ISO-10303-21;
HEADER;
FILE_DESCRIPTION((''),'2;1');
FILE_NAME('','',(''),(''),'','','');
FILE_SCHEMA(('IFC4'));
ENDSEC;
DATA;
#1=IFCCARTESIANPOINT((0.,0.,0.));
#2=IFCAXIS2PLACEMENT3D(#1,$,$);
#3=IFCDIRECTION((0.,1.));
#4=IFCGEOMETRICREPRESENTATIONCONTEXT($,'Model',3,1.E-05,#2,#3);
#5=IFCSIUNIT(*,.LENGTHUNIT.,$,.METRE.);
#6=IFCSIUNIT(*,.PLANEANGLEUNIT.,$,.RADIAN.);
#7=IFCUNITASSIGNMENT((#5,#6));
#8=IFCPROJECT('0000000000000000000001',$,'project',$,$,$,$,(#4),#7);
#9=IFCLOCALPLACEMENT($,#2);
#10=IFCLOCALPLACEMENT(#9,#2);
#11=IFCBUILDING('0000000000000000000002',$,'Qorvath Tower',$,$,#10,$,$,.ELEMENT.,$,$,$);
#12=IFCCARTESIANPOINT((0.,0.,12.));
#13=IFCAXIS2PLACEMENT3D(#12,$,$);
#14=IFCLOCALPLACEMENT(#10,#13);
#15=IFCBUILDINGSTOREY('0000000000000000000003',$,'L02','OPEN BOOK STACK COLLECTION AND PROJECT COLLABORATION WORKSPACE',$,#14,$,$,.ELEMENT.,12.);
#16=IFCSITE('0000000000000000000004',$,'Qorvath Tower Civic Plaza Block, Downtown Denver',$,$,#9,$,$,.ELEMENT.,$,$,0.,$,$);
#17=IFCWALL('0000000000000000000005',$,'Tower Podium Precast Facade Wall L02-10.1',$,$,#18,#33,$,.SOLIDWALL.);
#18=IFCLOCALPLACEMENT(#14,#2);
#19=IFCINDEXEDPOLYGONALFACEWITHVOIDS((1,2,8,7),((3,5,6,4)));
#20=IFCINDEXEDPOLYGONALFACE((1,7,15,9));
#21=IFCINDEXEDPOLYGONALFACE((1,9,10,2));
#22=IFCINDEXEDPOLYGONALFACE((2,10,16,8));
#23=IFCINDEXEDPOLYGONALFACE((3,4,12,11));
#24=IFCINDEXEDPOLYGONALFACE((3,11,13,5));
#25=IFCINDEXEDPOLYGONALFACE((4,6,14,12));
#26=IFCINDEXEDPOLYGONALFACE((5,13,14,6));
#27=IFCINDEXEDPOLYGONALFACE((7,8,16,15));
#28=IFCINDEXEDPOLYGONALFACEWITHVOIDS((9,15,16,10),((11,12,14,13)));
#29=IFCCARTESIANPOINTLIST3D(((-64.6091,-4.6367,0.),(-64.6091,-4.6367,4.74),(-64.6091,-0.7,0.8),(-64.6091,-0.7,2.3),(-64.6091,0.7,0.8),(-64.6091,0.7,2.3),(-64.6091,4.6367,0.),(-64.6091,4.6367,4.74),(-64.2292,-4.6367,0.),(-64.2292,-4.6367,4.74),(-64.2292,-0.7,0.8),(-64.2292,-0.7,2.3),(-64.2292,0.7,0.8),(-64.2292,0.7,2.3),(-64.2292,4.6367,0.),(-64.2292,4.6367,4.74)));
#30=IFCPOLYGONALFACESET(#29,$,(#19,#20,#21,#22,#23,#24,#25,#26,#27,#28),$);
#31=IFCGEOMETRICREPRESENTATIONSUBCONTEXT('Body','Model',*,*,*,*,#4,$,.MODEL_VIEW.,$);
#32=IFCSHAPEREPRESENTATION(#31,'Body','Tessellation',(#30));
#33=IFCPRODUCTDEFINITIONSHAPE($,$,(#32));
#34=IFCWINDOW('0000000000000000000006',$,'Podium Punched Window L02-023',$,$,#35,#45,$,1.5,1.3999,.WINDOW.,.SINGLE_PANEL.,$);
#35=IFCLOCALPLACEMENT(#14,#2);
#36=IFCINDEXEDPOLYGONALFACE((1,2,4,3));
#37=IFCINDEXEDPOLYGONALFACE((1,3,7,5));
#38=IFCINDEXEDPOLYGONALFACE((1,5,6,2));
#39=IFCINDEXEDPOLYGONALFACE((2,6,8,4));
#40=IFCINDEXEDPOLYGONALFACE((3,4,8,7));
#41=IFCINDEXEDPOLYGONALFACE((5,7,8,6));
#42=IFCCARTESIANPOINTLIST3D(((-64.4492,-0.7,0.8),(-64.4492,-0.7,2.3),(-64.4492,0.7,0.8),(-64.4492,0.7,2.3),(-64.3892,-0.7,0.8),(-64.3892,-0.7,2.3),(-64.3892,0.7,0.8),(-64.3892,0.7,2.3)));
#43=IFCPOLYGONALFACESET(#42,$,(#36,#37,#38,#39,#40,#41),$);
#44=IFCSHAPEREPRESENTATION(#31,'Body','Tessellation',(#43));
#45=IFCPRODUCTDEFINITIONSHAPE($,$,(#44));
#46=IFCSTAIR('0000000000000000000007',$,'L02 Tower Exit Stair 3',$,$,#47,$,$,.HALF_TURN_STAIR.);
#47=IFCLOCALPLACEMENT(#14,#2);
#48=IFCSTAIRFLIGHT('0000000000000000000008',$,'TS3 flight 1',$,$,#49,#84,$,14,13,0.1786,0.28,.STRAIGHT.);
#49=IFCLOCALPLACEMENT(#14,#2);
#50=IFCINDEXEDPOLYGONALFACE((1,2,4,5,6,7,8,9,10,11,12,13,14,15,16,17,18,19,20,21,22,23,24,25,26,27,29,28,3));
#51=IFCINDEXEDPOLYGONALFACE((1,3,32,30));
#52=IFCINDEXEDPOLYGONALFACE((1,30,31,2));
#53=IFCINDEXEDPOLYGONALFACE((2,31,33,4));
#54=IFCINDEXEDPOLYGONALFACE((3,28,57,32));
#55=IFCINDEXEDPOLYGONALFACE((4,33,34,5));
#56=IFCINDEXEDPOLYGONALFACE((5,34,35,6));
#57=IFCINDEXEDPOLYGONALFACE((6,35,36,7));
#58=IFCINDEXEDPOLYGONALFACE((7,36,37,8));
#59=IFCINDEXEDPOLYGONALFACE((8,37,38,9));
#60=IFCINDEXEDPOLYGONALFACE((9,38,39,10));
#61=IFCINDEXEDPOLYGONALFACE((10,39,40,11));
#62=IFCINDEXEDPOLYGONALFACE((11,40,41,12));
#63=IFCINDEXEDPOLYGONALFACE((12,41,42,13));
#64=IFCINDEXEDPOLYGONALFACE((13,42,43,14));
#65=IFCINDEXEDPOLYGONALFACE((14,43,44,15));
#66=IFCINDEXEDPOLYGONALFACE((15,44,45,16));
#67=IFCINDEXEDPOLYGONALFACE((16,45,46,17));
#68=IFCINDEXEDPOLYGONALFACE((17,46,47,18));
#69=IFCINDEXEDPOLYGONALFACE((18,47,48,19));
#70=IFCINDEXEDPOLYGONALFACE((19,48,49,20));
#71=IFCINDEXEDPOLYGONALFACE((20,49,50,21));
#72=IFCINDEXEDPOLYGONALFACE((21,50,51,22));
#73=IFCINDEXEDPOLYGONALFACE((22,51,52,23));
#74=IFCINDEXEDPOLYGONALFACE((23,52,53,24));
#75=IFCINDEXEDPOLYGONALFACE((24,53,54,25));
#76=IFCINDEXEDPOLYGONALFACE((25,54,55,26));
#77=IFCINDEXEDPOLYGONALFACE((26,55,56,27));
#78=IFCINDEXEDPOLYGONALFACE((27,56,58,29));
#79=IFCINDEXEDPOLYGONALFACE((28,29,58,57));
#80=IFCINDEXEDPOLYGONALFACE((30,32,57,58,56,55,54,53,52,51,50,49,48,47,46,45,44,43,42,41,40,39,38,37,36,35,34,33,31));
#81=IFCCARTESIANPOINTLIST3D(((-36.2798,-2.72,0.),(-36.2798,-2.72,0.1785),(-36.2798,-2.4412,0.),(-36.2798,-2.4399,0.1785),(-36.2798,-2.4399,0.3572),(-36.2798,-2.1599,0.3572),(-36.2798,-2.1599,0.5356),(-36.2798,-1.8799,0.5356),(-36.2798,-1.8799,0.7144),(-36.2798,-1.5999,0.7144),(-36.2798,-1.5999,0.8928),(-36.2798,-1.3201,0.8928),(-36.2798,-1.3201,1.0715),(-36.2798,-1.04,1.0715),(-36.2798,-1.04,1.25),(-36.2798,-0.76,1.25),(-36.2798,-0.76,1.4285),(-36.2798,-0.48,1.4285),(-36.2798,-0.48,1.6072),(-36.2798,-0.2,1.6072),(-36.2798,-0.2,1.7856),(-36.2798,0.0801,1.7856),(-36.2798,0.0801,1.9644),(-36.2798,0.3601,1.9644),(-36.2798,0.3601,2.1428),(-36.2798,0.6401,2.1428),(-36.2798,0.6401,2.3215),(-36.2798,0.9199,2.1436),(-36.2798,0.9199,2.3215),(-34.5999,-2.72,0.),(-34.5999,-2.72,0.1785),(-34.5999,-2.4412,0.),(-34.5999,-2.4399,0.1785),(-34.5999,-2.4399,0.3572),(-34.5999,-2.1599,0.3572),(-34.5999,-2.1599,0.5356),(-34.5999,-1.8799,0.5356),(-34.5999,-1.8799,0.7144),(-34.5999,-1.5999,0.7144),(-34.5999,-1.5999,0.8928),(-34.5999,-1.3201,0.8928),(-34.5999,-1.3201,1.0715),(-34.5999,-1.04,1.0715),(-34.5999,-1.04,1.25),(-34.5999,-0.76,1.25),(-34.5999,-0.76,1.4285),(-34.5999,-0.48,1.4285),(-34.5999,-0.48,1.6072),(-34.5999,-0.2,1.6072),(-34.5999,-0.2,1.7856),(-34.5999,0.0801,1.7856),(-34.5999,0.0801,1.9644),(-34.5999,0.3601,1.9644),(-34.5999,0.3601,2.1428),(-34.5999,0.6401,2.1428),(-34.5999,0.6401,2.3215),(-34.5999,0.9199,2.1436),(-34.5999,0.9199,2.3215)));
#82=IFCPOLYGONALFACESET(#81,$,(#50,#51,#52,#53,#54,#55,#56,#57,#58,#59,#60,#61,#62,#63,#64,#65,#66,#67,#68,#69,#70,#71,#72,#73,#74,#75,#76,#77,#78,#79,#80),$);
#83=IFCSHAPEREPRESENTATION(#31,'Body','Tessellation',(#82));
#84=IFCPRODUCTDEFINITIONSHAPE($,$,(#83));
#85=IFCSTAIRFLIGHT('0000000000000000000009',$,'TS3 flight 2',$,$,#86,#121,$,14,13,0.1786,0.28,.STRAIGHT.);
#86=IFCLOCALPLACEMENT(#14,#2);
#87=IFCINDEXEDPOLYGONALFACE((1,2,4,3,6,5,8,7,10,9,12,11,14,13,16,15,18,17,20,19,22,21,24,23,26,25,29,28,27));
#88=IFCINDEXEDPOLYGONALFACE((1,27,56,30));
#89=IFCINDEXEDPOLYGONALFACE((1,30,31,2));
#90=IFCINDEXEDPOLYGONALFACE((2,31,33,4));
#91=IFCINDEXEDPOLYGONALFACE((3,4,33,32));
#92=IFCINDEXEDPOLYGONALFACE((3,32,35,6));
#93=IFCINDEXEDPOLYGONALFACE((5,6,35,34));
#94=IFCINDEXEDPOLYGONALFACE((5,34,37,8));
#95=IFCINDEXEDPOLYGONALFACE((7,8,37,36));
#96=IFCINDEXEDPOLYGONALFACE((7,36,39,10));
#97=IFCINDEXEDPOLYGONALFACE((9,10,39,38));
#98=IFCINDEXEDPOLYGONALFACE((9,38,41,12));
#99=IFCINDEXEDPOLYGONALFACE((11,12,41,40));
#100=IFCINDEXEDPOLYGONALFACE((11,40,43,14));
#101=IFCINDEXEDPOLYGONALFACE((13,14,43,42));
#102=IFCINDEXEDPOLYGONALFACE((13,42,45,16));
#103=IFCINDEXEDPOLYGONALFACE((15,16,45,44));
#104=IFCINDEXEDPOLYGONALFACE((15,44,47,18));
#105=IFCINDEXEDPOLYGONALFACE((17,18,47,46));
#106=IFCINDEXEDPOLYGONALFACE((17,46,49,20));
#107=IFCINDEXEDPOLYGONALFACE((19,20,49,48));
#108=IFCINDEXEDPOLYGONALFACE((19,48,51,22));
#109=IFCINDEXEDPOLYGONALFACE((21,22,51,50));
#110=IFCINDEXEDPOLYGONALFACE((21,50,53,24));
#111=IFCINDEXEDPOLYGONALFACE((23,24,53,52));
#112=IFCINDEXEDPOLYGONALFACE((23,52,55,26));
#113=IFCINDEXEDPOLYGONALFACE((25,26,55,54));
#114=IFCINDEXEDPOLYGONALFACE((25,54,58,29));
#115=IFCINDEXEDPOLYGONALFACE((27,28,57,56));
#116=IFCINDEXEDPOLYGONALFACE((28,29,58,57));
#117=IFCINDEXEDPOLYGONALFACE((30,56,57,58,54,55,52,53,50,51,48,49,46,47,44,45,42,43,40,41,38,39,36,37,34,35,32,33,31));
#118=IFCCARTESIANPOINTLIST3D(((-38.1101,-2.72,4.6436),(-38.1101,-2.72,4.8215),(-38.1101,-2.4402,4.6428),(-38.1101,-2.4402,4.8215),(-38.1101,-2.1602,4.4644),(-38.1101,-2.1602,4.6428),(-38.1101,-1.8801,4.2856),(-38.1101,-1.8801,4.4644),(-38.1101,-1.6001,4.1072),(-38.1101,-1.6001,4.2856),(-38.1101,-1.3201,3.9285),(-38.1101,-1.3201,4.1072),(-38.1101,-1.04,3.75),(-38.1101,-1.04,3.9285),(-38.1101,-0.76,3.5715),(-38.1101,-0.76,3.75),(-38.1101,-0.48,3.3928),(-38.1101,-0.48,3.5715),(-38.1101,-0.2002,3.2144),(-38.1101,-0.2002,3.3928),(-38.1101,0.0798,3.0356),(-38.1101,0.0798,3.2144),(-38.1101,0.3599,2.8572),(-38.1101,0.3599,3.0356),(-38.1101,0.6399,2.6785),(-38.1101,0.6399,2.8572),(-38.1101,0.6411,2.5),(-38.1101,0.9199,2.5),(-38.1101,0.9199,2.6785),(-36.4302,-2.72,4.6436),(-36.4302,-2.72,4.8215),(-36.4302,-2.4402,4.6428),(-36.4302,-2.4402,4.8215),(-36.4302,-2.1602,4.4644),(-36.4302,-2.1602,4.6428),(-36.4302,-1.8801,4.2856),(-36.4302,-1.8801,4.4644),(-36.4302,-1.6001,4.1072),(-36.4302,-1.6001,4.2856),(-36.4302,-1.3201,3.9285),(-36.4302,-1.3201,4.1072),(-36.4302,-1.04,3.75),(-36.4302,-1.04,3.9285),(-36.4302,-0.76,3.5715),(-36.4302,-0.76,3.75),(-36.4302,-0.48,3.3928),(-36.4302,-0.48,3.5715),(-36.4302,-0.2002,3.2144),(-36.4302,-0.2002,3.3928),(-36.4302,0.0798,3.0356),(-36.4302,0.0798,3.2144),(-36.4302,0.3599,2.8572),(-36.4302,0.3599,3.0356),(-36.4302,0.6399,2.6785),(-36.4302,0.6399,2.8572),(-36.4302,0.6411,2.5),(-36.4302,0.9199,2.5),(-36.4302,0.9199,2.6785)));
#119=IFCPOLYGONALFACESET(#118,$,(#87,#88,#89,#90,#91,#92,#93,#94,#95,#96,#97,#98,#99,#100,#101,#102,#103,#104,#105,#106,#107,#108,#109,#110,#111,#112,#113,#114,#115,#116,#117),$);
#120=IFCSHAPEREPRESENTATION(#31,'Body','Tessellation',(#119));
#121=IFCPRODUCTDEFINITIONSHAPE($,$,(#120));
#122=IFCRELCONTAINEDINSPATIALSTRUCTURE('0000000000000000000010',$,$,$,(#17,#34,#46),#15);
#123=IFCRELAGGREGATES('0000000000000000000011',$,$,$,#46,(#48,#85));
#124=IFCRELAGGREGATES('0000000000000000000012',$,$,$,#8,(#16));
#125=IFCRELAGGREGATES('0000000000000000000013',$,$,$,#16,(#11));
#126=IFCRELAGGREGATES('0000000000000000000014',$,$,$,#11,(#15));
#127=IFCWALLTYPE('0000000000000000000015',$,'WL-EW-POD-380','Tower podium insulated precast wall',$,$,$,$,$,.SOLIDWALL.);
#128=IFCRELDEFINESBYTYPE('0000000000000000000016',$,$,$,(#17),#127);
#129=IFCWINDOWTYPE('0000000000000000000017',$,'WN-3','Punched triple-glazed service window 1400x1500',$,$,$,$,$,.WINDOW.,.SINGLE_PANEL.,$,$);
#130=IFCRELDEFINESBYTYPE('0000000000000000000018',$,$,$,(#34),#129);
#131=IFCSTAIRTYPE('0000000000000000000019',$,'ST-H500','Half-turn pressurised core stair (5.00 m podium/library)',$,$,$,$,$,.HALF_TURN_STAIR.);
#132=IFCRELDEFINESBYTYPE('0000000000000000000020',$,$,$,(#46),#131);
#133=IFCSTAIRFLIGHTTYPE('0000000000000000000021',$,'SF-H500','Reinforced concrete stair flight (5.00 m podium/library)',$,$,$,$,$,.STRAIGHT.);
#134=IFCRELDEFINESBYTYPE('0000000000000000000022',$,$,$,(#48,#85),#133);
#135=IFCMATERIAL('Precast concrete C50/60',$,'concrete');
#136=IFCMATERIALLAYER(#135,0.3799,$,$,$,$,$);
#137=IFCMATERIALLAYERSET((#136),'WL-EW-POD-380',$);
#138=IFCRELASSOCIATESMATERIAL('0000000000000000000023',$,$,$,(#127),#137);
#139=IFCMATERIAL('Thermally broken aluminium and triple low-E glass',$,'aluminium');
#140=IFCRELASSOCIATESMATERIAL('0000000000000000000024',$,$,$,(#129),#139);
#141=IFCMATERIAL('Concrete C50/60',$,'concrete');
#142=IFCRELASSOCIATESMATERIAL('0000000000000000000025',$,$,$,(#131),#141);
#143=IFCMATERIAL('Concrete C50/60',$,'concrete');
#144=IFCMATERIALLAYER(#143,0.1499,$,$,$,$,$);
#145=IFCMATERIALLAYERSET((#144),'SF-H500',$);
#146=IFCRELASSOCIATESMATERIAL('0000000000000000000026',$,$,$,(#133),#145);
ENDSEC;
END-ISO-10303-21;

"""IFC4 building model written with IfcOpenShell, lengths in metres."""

from ifc_helpers import new_model, si_unit, direction, frame, frame_2d, origin, place, context, subcontext, project, spatial, polyline, rectangle, outline, extrude, material, layer, layer_set, type_object, element, fill, aggregate, save


model = new_model("IFC4")

# Units and contexts
model_context = context("Model", 3, precision=1e-05, world=origin(), true_north=direction((0.0, 1.0)))
body_context = subcontext(model_context, "Body", "Model", "MODEL_VIEW")
ifc_project = project(units=[si_unit("LENGTHUNIT", "METRE"), si_unit("PLANEANGLEUNIT", "RADIAN")], contexts=[model_context])

# Site, building, storey
site_placement = place(None, origin())
site = spatial("IfcSite", under=ifc_project, at=site_placement, Name="Qorvath Tower Civic Plaza Block, Downtown Denver", CompositionType="ELEMENT", RefElevation=0.0)
building_placement = place(site_placement, origin())
building = spatial("IfcBuilding", under=site, at=building_placement, Name="Qorvath Tower", CompositionType="ELEMENT")
storey_placement = place(building_placement, frame((0.0, 0.0, 12.0)))
storey = spatial("IfcBuildingStorey", under=building, at=storey_placement, Name="L02", Description="OPEN BOOK STACK COLLECTION AND PROJECT COLLABORATION WORKSPACE", CompositionType="ELEMENT", Elevation=12.0)

# Wall, opening, window
ifc_material_1 = material(Name="Precast concrete C50/60", Category="concrete")
ifc_layer_1 = layer(ifc_material_1, 0.3799)
ifc_layer_set_1 = layer_set([ifc_layer_1], Name="WL-EW-POD-380")
wall_type_1 = type_object("IfcWallType", Name="WL-EW-POD-380", Description="Tower podium insulated precast wall", PredefinedType="SOLIDWALL", material=ifc_layer_set_1)
wall_1_placement = place(storey_placement, frame((-64.4192, -4.6367, 0.0), z_axis=(0.0, 0.0, 1.0), x_axis=(0.0, 1.0, 0.0)))
wall_1 = element("IfcWall", 1, at=wall_1_placement, inside=storey, type_object=wall_type_1, Name="Tower Podium Precast Facade Wall L02-10.1", PredefinedType="SOLIDWALL", context=body_context, shape_type="SweptSolid", body=[
    extrude(rectangle(XDim=9.2734, YDim=0.3799, at=frame_2d((4.6367, 0.0))), origin(), (0.0, 0.0, 1.0), 4.74),
])
opening_1_placement = place(wall_1_placement, frame((3.9368, 0.0, 0.8)))
opening_1 = element("IfcOpeningElement", 2, at=opening_1_placement, cuts=wall_1, PredefinedType="OPENING", context=body_context, shape_type="SweptSolid", body=[
    extrude(rectangle(XDim=1.3999, YDim=1.5, at=frame_2d((0.7, 0.75))), frame((0.0, 0.2, 0.0), z_axis=(0.0, -1.0, 0.0), x_axis=(1.0, 0.0, 0.0)), (0.0, 0.0, 1.0), 0.3999),
])
ifc_material_2 = material(Name="Thermally broken aluminium and triple low-E glass", Category="aluminium")
window_type = type_object("IfcWindowType", Name="WN-3", Description="Punched triple-glazed service window 1400x1500", PartitioningType="SINGLE_PANEL", PredefinedType="WINDOW", material=ifc_material_2)
window_placement = place(opening_1_placement, origin())
window = element("IfcWindow", 3, at=window_placement, inside=storey, type_object=window_type, Name="Podium Punched Window L02-023", OverallHeight=1.5, OverallWidth=1.3999, PartitioningType="SINGLE_PANEL", PredefinedType="WINDOW", context=body_context, shape_type="SweptSolid", body=[
    extrude(rectangle(XDim=1.3999, YDim=1.5, at=frame_2d((0.7, 0.75))), frame((0.0, 0.03, 0.0), z_axis=(0.0, -1.0, 0.0), x_axis=(1.0, 0.0, 0.0)), (0.0, 0.0, 1.0), 0.0601),
])
fill(opening_1, window)

# Stair, stair flights
ifc_material_3 = material(Name="Concrete C50/60", Category="concrete")
stair_type = type_object("IfcStairType", Name="ST-H500", Description="Half-turn pressurised core stair (5.00 m podium/library)", PredefinedType="HALF_TURN_STAIR", material=ifc_material_3)
stair_placement = place(storey_placement, origin())
stair = element("IfcStair", 4, at=stair_placement, inside=storey, type_object=stair_type, Name="L02 Tower Exit Stair 3", PredefinedType="HALF_TURN_STAIR")
ifc_material_4 = material(Name="Concrete C50/60", Category="concrete")
ifc_layer_2 = layer(ifc_material_4, 0.1499)
ifc_layer_set_2 = layer_set([ifc_layer_2], Name="SF-H500")
stair_flight_type = type_object("IfcStairFlightType", Name="SF-H500", Description="Reinforced concrete stair flight (5.00 m podium/library)", PredefinedType="STRAIGHT", material=ifc_layer_set_2)
stair_flight_1_placement = place(storey_placement, frame((-35.4399, -2.72, 0.0), z_axis=(0.0, 0.0, 1.0), x_axis=(0.0, 1.0, 0.0)))
stair_flight_1 = element("IfcStairFlight", 5, at=stair_flight_1_placement, type_object=stair_flight_type, Name="TS3 flight 1", NumberOfRisers=14, NumberOfTreads=13, PredefinedType="STRAIGHT", RiserHeight=0.1786, TreadLength=0.28, context=body_context, shape_type="SweptSolid", body=[
    extrude(outline(polyline([(0.0, 0.0), (0.0, 0.1785), (0.28, 0.1785), (0.28, 0.3572), (0.5601, 0.3572), (0.5601, 0.5356), (0.8401, 0.5356), (0.8401, 0.7144), (1.1201, 0.7144), (1.1201, 0.8928), (1.3999, 0.8928), (1.3999, 1.0715), (1.6799, 1.0715), (1.6799, 1.25), (1.96, 1.25), (1.96, 1.4285), (2.24, 1.4285), (2.24, 1.6072), (2.52, 1.6072), (2.52, 1.7856), (2.8, 1.7856), (2.8, 1.9644), (3.0801, 1.9644), (3.0801, 2.1428), (3.3601, 2.1428), (3.3601, 2.3215), (3.6399, 2.3215), (3.6399, 2.5), (3.6399, 2.1436), (0.2788, 0.0), (0.0, 0.0)])), frame((0.0, 0.8398, 0.0), z_axis=(0.0, -1.0, 0.0), x_axis=(1.0, 0.0, 0.0)), (0.0, 0.0, 1.0), 1.6799),
])
stair_flight_2_placement = place(storey_placement, frame((-37.27, 0.9199, 2.5), z_axis=(0.0, 0.0, 1.0), x_axis=(0.0, -1.0, 0.0)))
stair_flight_2 = element("IfcStairFlight", 6, at=stair_flight_2_placement, type_object=stair_flight_type, Name="TS3 flight 2", NumberOfRisers=14, NumberOfTreads=13, PredefinedType="STRAIGHT", RiserHeight=0.1786, TreadLength=0.28, context=body_context, shape_type="SweptSolid", body=[
    extrude(outline(polyline([(0.0, 0.0), (0.0, 0.1785), (0.28, 0.1785), (0.28, 0.3572), (0.5601, 0.3572), (0.5601, 0.5356), (0.8401, 0.5356), (0.8401, 0.7144), (1.1201, 0.7144), (1.1201, 0.8928), (1.3999, 0.8928), (1.3999, 1.0715), (1.6799, 1.0715), (1.6799, 1.25), (1.96, 1.25), (1.96, 1.4285), (2.24, 1.4285), (2.24, 1.6072), (2.52, 1.6072), (2.52, 1.7856), (2.8, 1.7856), (2.8, 1.9644), (3.0801, 1.9644), (3.0801, 2.1428), (3.3601, 2.1428), (3.3601, 2.3215), (3.6399, 2.3215), (3.6399, 2.5), (3.6399, 2.1436), (0.2788, 0.0), (0.0, 0.0)])), frame((0.0, 0.8398, 0.0), z_axis=(0.0, -1.0, 0.0), x_axis=(1.0, 0.0, 0.0)), (0.0, 0.0, 1.0), 1.6799),
])
aggregate(stair, [stair_flight_1, stair_flight_2])

save(model, "model.ifc")
